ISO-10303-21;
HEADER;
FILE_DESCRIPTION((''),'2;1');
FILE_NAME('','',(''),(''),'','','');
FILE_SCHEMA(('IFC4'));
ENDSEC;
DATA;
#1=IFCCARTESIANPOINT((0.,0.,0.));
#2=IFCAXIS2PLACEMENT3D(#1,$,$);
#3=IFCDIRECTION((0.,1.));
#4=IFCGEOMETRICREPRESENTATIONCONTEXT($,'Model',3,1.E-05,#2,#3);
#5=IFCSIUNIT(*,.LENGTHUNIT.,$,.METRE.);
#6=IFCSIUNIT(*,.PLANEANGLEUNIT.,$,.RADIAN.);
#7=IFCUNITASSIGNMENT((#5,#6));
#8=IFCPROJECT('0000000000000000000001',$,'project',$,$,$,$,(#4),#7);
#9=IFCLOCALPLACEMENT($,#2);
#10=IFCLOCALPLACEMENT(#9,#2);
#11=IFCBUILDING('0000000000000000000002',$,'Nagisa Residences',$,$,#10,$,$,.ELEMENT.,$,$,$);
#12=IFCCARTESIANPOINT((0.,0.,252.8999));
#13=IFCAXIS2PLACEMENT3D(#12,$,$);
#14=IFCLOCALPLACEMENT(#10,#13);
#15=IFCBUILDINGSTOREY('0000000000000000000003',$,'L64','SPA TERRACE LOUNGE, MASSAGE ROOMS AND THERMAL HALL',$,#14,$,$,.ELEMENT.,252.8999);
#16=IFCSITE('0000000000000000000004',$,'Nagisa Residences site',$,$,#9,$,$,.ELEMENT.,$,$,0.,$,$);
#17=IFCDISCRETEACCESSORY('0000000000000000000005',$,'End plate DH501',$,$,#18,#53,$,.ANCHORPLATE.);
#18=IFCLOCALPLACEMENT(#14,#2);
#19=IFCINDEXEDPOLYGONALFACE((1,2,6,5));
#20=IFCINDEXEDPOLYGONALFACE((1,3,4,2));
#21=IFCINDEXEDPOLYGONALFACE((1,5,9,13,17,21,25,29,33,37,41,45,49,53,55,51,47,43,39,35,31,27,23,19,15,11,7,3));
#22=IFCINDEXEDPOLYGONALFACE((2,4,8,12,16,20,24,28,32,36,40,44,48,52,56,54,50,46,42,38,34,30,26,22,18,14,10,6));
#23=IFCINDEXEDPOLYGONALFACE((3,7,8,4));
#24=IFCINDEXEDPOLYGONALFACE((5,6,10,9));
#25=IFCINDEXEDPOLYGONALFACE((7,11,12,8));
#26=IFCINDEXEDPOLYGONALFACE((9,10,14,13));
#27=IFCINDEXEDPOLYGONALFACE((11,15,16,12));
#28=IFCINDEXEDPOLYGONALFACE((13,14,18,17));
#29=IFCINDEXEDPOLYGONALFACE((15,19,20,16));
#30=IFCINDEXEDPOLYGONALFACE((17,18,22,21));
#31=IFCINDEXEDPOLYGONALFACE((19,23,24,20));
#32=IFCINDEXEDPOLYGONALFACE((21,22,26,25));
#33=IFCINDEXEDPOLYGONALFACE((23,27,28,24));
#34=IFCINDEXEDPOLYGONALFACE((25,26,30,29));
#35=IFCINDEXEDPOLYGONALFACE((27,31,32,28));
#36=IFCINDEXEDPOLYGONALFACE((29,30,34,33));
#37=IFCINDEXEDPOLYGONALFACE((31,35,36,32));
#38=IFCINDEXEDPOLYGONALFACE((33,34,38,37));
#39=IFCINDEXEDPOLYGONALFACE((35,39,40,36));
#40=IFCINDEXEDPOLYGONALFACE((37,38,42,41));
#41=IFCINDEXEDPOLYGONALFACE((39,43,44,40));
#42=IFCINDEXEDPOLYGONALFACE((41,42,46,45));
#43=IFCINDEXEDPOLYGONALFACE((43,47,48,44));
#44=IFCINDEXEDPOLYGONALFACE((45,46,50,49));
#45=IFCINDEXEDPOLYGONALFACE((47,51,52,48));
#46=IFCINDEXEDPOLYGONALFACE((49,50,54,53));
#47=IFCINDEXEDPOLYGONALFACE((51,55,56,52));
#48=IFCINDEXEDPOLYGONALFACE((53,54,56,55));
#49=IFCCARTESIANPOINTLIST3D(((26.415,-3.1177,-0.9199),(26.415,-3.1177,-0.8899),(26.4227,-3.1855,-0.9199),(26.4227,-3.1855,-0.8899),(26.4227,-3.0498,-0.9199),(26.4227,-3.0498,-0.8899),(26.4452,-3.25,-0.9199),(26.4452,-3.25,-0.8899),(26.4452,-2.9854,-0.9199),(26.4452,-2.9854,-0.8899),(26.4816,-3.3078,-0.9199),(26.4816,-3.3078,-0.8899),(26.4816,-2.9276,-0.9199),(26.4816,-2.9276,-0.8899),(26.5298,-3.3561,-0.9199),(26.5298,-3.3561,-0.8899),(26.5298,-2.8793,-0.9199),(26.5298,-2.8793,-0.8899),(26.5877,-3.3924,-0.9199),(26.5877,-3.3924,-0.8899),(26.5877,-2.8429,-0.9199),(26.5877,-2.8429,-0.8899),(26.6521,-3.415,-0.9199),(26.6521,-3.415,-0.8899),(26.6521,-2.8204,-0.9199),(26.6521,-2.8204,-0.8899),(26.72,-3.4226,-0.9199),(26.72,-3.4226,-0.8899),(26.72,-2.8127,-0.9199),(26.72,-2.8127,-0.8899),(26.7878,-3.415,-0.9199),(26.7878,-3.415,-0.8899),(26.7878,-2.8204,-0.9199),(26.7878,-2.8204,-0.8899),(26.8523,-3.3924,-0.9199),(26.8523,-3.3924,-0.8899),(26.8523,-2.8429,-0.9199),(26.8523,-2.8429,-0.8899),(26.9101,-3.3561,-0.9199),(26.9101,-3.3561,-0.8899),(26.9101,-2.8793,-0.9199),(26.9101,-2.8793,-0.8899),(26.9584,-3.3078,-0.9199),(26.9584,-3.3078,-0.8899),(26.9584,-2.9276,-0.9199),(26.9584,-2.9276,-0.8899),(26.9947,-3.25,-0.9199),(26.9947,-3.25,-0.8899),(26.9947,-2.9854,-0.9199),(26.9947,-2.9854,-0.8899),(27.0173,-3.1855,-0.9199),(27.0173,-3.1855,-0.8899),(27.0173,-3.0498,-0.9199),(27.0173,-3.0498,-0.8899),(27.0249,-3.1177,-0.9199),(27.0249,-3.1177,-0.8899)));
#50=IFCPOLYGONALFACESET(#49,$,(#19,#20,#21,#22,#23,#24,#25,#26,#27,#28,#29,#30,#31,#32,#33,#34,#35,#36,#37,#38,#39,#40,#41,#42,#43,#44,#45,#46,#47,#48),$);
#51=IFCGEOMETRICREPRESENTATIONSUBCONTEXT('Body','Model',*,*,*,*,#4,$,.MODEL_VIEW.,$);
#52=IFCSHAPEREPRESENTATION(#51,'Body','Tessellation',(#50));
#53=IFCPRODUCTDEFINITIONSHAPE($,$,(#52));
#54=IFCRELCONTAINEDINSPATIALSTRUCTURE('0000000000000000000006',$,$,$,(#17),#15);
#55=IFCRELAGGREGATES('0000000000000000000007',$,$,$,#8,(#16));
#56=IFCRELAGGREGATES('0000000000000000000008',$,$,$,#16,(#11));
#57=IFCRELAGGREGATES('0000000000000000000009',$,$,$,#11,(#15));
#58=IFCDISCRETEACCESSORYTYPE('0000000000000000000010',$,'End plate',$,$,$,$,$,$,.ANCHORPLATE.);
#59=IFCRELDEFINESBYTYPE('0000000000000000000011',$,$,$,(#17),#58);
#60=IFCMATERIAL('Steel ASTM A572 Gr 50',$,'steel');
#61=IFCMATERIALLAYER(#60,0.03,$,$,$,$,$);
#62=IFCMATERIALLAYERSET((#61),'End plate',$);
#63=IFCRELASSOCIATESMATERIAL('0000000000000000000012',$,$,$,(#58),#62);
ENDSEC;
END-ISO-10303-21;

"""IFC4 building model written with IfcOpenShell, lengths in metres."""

from ifc_helpers import new_model, si_unit, direction, frame, origin, origin_2d, place, context, subcontext, project, spatial, circle, extrude, material, layer, layer_set, type_object, element, save


model = new_model("IFC4")

# Units and contexts
model_context = context("Model", 3, precision=1e-05, world=origin(), true_north=direction((0.0, 1.0)))
body_context = subcontext(model_context, "Body", "Model", "MODEL_VIEW")
ifc_project = project(units=[si_unit("LENGTHUNIT", "METRE"), si_unit("PLANEANGLEUNIT", "RADIAN")], contexts=[model_context])

# Site, building, storey
site_placement = place(None, origin())
site = spatial("IfcSite", under=ifc_project, at=site_placement, Name="Nagisa Residences site", CompositionType="ELEMENT", RefElevation=0.0)
building_placement = place(site_placement, origin())
building = spatial("IfcBuilding", under=site, at=building_placement, Name="Nagisa Residences", CompositionType="ELEMENT")
storey_placement = place(building_placement, frame((0.0, 0.0, 252.8999)))
storey = spatial("IfcBuildingStorey", under=building, at=storey_placement, Name="L64", Description="SPA TERRACE LOUNGE, MASSAGE ROOMS AND THERMAL HALL", CompositionType="ELEMENT", Elevation=252.8999)

# Discrete accessory
ifc_material_1 = material(Name="Steel ASTM A572 Gr 50", Category="steel")
ifc_layer_1 = layer(ifc_material_1, 0.03)
ifc_layer_set_1 = layer_set([ifc_layer_1], Name="End plate")
discrete_accessory_type = type_object("IfcDiscreteAccessoryType", Name="End plate", PredefinedType="ANCHORPLATE", material=ifc_layer_set_1)
discrete_accessory_placement = place(storey_placement, frame((26.72, -3.1177, -0.8899), z_axis=(0.0, 0.0, -1.0), x_axis=(1.0, 0.0, 0.0)))
element("IfcDiscreteAccessory", 1, at=discrete_accessory_placement, inside=storey, type_object=discrete_accessory_type, Name="End plate DH501", PredefinedType="ANCHORPLATE", context=body_context, shape_type="SweptSolid", body=[
    extrude(circle(Radius=0.3049, at=origin_2d()), origin(), (0.0, 0.0, 1.0), 0.03),
])

save(model, "model.ifc")
